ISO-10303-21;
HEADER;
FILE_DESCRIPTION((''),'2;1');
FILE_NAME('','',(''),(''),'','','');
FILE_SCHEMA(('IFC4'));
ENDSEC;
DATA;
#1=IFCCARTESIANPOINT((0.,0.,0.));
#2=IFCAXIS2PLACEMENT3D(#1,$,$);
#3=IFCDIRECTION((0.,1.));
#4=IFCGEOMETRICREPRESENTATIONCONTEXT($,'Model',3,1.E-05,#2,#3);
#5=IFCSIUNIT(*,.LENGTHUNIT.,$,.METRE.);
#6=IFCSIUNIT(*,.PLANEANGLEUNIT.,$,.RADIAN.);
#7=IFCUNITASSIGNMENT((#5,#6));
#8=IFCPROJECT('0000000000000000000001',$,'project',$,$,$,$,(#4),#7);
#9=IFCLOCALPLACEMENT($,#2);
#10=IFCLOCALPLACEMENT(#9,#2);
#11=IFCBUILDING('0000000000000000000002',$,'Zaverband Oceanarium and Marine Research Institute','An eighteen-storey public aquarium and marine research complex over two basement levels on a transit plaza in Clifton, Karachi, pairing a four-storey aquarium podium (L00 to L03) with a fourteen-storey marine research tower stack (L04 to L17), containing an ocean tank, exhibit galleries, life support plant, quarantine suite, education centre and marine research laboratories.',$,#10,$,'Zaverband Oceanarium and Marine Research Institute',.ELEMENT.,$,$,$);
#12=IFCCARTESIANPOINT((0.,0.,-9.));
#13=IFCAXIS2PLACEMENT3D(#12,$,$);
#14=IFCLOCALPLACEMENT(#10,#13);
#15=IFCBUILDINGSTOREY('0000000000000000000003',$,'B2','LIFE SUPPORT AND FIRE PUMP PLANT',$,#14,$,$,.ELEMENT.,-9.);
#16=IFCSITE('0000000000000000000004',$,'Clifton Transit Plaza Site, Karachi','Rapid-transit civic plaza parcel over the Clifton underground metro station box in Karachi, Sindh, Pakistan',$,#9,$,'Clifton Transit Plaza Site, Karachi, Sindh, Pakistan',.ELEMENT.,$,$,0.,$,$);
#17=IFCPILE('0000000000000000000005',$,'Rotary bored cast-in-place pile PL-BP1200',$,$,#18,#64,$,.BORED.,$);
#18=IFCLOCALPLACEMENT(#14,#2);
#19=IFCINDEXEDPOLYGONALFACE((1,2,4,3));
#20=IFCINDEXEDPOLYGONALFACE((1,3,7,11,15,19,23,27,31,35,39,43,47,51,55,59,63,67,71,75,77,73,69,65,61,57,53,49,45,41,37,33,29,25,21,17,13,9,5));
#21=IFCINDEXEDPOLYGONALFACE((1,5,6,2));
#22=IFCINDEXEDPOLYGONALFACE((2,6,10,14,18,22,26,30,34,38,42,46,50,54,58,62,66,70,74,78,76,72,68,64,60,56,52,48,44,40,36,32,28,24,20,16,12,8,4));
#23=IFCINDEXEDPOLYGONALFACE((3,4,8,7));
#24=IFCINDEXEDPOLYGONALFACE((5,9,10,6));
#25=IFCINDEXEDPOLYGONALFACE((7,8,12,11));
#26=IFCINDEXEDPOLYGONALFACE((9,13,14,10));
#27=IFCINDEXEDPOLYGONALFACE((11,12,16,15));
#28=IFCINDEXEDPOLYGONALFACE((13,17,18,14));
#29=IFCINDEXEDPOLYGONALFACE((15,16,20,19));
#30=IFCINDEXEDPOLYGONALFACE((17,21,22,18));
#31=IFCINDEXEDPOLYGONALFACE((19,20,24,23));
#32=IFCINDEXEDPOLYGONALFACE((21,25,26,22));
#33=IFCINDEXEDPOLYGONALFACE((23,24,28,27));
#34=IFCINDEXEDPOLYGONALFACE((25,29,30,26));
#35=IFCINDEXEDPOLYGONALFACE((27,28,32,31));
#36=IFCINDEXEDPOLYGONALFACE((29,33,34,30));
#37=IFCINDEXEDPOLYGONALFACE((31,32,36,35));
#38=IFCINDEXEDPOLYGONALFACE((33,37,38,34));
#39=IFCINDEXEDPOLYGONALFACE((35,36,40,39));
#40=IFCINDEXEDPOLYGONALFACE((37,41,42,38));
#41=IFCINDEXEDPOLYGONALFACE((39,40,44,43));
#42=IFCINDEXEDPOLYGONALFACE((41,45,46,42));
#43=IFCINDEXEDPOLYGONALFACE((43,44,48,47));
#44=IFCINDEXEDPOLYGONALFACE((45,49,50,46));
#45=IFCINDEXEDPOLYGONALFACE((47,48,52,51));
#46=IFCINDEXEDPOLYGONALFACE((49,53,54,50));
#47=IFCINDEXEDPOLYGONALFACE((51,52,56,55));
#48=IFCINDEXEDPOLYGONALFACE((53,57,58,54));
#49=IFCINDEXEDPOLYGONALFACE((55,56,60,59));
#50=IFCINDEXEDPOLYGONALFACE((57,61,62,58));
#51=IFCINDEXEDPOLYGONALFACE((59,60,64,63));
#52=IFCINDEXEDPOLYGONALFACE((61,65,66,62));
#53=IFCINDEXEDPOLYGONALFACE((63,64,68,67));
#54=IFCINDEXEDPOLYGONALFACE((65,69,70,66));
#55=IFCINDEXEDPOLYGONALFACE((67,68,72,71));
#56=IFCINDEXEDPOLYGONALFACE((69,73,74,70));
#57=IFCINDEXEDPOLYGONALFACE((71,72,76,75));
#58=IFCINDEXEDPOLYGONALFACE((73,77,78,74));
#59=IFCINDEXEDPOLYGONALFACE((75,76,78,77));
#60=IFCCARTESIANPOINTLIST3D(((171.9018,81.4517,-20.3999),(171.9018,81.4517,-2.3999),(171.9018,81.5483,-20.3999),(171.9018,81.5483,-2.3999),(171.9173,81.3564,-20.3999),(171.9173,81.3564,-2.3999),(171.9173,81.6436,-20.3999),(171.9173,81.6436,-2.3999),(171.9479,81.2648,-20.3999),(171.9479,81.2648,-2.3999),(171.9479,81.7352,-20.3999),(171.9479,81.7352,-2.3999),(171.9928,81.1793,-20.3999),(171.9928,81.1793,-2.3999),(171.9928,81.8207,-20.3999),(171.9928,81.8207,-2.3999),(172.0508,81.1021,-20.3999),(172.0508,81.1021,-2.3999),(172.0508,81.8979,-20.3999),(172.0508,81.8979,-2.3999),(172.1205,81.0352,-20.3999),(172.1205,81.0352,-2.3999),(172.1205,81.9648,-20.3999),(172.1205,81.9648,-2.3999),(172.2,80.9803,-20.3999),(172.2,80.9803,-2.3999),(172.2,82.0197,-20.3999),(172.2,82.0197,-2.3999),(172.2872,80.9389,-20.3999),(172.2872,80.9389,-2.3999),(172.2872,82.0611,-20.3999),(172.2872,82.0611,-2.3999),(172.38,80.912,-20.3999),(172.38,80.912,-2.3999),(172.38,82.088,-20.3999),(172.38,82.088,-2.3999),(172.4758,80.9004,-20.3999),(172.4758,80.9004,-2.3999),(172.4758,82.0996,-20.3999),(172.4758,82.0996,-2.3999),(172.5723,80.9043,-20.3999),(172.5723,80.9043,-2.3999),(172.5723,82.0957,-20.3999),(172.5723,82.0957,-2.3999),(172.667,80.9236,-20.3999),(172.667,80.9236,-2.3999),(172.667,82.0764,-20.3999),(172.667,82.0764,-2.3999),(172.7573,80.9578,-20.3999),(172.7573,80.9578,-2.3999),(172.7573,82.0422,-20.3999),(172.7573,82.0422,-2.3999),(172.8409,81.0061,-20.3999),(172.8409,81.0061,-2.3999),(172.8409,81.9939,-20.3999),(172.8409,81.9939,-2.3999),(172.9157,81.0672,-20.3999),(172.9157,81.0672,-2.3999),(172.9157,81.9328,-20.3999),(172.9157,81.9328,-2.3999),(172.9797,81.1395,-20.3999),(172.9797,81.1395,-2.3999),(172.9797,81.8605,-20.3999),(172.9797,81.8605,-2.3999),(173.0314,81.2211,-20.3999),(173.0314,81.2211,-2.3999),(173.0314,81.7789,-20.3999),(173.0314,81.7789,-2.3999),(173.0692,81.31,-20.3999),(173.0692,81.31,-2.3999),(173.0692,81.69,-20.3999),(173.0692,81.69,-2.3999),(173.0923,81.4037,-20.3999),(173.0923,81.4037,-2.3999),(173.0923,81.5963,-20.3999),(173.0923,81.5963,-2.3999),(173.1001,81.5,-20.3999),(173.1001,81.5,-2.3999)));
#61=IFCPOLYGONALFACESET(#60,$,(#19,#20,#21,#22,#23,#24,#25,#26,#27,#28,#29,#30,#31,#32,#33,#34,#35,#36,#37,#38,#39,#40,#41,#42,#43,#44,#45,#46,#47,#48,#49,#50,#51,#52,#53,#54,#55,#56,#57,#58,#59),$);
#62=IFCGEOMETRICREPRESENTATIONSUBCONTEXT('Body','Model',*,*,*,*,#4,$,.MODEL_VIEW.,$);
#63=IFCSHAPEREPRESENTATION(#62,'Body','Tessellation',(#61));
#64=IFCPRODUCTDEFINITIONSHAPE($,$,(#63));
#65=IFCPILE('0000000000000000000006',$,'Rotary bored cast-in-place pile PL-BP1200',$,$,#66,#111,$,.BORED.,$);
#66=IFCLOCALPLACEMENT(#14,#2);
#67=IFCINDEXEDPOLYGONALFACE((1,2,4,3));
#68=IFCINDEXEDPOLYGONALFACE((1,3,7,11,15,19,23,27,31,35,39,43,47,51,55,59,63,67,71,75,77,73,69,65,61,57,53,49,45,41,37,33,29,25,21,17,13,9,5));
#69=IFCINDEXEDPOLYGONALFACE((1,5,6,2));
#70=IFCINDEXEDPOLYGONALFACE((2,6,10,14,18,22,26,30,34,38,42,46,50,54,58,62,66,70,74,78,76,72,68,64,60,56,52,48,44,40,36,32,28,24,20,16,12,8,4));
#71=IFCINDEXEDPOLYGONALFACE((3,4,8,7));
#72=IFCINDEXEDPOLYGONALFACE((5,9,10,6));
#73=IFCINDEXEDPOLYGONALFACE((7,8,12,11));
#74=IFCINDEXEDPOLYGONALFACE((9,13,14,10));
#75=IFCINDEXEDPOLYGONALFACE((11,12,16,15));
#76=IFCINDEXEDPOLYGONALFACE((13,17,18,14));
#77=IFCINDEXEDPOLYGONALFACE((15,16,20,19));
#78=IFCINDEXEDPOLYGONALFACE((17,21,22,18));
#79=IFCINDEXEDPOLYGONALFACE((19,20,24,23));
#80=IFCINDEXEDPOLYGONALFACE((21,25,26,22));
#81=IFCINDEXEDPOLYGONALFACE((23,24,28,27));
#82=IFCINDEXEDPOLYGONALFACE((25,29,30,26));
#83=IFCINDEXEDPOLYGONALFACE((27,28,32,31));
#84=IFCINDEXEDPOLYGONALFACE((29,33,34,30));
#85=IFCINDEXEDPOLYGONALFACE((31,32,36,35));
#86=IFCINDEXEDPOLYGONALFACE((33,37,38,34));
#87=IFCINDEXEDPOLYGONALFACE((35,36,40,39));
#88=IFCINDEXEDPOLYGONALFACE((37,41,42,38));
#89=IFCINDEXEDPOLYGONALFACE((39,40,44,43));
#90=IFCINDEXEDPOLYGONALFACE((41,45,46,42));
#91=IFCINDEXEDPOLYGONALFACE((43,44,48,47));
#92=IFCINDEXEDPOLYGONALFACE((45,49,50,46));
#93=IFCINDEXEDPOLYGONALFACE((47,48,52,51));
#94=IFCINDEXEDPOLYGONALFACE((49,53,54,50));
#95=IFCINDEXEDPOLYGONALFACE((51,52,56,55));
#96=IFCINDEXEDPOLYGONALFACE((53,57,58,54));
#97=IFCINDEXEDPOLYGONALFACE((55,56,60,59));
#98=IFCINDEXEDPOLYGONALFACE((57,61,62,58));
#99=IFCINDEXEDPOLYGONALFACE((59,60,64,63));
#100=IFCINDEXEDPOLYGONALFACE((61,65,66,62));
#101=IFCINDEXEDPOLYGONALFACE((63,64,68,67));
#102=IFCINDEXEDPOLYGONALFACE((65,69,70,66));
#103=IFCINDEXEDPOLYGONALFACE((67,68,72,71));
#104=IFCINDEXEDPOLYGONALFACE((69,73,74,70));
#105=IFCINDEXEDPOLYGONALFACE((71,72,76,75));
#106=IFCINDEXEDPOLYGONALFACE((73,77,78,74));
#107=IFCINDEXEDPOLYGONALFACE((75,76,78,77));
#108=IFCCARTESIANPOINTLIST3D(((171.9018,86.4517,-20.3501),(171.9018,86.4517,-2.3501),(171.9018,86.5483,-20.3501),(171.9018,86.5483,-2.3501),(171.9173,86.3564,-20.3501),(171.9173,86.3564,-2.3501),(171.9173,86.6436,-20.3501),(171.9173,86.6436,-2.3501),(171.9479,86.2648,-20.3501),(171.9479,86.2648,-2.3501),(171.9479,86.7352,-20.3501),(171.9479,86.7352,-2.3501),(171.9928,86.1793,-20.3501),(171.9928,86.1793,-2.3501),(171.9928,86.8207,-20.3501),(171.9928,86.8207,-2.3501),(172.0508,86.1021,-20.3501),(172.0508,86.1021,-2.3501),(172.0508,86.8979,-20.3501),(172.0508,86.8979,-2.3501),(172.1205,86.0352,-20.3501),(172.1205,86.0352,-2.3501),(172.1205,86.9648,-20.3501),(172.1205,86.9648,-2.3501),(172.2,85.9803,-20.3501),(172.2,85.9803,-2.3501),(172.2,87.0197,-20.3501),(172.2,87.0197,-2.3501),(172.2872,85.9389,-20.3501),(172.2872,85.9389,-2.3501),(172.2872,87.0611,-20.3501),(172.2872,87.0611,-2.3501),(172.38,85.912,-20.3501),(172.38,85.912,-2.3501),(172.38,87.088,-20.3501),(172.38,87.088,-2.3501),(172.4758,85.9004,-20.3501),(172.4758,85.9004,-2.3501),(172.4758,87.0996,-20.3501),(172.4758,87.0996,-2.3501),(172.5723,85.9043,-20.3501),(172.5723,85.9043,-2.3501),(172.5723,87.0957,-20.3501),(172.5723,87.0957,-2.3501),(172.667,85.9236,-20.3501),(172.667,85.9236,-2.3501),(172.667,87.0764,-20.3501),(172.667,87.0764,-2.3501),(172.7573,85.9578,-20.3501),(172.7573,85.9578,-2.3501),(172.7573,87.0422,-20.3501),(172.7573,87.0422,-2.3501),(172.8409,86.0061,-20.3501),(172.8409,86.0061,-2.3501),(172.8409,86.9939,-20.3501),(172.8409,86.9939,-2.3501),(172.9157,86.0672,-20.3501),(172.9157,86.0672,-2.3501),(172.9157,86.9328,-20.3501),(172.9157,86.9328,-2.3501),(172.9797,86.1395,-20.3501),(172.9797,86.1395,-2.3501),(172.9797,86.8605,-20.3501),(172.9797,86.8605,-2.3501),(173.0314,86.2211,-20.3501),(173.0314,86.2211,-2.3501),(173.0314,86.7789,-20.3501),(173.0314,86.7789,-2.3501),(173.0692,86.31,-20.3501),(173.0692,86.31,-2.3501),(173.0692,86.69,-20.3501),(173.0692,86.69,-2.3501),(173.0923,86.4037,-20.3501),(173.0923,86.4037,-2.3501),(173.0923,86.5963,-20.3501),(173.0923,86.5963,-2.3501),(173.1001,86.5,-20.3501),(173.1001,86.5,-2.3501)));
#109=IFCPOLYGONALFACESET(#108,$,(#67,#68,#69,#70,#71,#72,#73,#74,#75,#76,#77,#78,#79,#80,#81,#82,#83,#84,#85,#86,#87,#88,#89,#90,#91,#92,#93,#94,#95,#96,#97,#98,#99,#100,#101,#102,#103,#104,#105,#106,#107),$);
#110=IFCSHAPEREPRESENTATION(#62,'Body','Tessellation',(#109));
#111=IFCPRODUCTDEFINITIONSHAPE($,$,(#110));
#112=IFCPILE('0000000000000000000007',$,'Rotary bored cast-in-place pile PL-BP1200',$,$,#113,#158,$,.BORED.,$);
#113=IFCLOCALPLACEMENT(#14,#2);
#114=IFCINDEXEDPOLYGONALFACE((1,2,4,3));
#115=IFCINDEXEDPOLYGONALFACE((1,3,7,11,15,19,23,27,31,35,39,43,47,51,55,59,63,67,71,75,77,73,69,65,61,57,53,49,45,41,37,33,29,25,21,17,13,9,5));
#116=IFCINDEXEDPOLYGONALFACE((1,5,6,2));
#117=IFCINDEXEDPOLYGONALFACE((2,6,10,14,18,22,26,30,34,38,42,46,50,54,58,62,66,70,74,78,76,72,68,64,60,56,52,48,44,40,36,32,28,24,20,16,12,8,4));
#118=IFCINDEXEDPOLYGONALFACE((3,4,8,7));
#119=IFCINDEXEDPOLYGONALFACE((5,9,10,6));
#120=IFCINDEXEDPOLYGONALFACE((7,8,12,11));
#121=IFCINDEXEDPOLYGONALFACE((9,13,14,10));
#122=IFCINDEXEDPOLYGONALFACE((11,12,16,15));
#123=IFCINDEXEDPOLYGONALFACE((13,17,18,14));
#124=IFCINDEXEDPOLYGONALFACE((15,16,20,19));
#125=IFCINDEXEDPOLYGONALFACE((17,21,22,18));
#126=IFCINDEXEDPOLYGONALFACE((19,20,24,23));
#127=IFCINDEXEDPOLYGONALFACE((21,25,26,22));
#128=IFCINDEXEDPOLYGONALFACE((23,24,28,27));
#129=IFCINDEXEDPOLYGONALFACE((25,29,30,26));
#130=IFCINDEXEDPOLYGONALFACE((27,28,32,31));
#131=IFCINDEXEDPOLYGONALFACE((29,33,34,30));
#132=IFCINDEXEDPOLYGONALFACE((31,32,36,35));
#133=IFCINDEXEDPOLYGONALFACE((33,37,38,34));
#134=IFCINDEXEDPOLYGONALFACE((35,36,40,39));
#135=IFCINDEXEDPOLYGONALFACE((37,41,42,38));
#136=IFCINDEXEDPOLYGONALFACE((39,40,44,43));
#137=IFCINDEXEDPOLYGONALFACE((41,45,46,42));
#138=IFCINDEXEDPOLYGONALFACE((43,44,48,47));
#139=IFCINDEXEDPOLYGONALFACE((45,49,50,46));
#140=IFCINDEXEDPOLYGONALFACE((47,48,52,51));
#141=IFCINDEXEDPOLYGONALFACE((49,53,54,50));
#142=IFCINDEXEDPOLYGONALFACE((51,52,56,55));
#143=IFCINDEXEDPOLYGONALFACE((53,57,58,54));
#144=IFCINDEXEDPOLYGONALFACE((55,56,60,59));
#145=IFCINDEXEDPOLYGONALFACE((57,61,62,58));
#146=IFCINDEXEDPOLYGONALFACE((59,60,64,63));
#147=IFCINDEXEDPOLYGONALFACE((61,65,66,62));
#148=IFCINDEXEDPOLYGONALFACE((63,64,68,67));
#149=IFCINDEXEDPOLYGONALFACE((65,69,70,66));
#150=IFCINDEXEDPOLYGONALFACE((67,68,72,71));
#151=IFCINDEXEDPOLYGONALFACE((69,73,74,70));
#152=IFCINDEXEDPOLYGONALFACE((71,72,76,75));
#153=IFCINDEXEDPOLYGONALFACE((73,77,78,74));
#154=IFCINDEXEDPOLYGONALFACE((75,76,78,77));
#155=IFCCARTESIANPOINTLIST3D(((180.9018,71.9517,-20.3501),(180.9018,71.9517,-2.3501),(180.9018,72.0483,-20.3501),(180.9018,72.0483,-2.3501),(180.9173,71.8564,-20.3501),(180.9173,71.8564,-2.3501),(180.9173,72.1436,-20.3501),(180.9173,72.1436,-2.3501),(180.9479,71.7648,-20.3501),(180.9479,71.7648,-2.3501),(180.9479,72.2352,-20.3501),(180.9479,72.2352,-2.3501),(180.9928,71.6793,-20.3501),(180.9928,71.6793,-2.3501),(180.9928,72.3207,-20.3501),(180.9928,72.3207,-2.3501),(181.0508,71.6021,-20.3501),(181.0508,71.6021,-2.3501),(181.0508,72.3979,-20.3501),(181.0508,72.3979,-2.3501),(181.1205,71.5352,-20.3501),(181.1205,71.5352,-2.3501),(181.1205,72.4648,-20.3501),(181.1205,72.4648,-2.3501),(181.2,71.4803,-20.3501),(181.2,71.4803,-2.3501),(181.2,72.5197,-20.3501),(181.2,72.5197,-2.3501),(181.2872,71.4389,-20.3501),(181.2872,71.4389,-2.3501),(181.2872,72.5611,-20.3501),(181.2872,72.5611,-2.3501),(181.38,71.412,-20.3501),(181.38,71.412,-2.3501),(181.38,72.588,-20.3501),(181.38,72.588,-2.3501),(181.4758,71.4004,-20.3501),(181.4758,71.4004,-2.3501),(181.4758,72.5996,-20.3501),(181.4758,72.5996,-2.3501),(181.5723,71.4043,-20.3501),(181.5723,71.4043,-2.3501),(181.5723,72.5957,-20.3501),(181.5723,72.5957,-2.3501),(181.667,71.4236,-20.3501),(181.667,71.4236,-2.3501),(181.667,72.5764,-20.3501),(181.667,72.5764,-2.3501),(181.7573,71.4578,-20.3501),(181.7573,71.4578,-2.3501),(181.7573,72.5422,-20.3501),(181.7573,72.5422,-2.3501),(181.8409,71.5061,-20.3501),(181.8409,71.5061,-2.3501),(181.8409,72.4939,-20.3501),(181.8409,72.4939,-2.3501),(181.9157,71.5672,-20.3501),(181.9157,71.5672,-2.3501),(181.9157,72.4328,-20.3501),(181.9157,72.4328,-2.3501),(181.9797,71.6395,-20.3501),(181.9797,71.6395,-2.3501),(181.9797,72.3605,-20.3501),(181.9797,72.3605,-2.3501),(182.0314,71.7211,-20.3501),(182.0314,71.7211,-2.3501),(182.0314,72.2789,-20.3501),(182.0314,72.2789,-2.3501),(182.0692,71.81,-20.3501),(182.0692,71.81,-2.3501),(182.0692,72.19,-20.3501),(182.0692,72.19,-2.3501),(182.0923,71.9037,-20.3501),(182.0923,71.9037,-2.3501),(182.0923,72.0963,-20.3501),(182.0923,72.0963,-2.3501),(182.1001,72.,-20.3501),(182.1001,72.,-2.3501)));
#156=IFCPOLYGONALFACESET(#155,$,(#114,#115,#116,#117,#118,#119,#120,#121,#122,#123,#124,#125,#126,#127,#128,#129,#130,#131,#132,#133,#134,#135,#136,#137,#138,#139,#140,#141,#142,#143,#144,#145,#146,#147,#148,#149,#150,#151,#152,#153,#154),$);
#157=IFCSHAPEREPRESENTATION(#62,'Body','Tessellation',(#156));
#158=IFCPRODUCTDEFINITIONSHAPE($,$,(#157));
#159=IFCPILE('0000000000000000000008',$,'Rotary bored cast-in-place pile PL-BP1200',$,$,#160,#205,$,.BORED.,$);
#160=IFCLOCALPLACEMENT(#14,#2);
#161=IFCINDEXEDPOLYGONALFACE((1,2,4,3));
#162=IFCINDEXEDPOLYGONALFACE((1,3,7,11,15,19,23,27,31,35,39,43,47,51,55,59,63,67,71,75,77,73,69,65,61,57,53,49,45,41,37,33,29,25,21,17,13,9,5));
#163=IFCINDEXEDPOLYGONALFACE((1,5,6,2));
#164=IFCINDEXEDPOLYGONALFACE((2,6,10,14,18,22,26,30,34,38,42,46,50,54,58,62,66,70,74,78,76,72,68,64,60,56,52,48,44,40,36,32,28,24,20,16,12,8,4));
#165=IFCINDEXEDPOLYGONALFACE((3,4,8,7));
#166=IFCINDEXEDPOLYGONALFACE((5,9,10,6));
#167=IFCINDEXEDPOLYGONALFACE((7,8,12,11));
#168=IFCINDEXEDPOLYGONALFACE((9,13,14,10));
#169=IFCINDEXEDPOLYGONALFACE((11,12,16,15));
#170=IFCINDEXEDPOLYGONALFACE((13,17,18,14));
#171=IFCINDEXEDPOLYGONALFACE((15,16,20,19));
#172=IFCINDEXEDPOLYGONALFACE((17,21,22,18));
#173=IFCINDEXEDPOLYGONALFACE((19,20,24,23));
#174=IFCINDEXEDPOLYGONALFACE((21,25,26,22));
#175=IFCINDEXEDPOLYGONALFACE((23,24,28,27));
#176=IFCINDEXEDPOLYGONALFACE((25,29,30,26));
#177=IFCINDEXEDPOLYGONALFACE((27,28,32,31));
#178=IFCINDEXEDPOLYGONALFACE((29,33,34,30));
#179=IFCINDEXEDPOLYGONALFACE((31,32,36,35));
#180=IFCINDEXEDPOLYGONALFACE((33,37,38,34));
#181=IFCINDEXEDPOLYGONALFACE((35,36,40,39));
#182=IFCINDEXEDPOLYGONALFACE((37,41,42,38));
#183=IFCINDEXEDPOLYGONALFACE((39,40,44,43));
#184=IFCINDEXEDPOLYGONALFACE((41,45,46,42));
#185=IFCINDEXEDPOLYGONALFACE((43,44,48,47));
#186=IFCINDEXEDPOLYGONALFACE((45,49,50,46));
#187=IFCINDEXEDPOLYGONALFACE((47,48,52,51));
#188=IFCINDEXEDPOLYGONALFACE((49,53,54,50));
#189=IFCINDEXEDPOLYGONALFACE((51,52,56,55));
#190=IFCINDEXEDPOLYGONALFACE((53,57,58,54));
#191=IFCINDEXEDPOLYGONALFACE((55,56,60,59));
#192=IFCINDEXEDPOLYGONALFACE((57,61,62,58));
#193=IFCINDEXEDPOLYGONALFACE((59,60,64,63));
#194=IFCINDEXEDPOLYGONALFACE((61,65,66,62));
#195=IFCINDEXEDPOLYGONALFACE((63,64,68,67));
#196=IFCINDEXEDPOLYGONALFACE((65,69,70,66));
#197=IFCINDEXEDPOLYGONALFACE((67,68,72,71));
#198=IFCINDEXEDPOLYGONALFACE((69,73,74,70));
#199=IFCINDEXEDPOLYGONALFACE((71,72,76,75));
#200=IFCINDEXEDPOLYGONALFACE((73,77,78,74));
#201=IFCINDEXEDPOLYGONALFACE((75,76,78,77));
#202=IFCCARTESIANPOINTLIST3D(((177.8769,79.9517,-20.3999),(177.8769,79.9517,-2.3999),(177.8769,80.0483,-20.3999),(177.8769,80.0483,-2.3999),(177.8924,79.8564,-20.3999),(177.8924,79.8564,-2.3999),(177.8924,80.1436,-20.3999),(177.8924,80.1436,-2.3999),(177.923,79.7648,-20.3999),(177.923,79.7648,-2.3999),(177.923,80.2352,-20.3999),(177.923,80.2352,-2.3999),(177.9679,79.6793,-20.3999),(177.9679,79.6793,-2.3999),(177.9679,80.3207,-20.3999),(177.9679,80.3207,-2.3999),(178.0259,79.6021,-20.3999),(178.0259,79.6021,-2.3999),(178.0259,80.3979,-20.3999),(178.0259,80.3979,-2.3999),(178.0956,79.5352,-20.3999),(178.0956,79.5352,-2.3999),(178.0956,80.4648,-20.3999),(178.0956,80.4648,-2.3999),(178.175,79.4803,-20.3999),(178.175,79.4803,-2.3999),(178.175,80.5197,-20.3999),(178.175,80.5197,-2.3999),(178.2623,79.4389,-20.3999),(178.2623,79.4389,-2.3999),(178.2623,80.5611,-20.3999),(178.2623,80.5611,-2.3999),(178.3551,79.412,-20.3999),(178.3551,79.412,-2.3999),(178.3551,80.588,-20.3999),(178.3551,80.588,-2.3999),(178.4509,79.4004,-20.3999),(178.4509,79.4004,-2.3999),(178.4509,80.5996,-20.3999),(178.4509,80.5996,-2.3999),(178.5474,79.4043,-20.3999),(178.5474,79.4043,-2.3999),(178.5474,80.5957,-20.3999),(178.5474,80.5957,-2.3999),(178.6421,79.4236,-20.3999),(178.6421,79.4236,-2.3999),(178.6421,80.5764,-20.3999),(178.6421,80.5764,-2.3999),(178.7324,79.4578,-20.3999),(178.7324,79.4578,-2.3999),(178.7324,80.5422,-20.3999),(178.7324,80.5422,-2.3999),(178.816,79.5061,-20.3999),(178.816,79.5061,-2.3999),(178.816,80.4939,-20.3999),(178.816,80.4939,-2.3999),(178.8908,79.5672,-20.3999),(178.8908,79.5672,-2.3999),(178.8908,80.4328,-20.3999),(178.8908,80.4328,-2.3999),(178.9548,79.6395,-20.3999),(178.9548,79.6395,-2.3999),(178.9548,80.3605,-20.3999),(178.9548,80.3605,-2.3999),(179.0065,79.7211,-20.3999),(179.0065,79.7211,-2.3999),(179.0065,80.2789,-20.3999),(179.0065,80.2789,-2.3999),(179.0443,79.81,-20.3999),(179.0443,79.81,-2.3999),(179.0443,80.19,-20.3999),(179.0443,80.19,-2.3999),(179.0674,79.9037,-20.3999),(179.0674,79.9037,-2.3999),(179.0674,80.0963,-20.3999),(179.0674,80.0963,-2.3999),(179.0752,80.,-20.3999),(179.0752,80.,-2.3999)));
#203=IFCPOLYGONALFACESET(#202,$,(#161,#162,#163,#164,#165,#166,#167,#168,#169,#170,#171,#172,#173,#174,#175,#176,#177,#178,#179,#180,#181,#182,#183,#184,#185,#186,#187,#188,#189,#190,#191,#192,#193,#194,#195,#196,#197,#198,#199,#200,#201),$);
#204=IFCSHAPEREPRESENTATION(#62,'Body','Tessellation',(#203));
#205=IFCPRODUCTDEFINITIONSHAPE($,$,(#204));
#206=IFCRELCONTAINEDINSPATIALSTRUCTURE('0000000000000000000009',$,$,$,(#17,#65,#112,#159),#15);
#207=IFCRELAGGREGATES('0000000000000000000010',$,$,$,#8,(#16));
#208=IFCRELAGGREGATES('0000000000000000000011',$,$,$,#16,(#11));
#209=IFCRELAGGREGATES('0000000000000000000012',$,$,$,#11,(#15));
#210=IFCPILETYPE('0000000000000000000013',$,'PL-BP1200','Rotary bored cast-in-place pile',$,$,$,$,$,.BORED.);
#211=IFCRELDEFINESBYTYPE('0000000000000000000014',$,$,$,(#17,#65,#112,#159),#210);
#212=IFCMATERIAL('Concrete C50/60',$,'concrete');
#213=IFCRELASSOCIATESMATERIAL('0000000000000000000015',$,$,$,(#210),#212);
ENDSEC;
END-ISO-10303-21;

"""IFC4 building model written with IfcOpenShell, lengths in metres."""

from ifc_helpers import new_model, si_unit, direction, frame, origin, origin_2d, place, context, subcontext, project, spatial, circle, extrude, material, material_profile, profile_set, type_object, element, save


model = new_model("IFC4")

# Units and contexts
model_context = context("Model", 3, precision=1e-05, world=origin(), true_north=direction((0.0, 1.0)))
body_context = subcontext(model_context, "Body", "Model", "MODEL_VIEW")
ifc_project = project(units=[si_unit("LENGTHUNIT", "METRE"), si_unit("PLANEANGLEUNIT", "RADIAN")], contexts=[model_context])

# Site, building, storey
site_placement = place(None, origin())
site = spatial("IfcSite", under=ifc_project, at=site_placement, Name="Clifton Transit Plaza Site, Karachi", Description="Rapid-transit civic plaza parcel over the Clifton underground metro station box in Karachi, Sindh, Pakistan", LongName="Clifton Transit Plaza Site, Karachi, Sindh, Pakistan", CompositionType="ELEMENT", RefElevation=0.0)
building_placement = place(site_placement, origin())
building = spatial("IfcBuilding", under=site, at=building_placement, Name="Zaverband Oceanarium and Marine Research Institute", Description="An eighteen-storey public aquarium and marine research complex over two basement levels on a transit plaza in Clifton, Karachi, pairing a four-storey aquarium podium (L00 to L03) with a fourteen-storey marine research tower stack (L04 to L17), containing an ocean tank, exhibit galleries, life support plant, quarantine suite, education centre and marine research laboratories.", LongName="Zaverband Oceanarium and Marine Research Institute", CompositionType="ELEMENT")
storey_placement = place(building_placement, frame((0.0, 0.0, -9.0)))
storey = spatial("IfcBuildingStorey", under=building, at=storey_placement, Name="B2", Description="LIFE SUPPORT AND FIRE PUMP PLANT", CompositionType="ELEMENT", Elevation=-9.0)

# Shared definitions
ifc_material_1 = material(Name="Concrete C50/60", Category="concrete")

# Piles
ifc_material_profile_1 = material_profile(ifc_material_1, circle(Radius=0.6001, at=origin_2d()), Name="BP1200")
ifc_profile_set_1 = profile_set([ifc_material_profile_1], Name="Concrete C50/60")
pile_type_1 = type_object("IfcPileType", Name="PL-BP1200", Description="Rotary bored cast-in-place pile", PredefinedType="BORED", material=ifc_profile_set_1)
for number, where, z_axis, x_axis, name in (
    (1, (172.5, 81.5, -2.3999), (0.0, 0.0, -1.0), (1.0, 0.0, 0.0), "Rotary bored cast-in-place pile PL-BP1200"),
    (2, (172.5, 86.5, -2.3501), (0.0, 0.0, -1.0), (1.0, 0.0, 0.0), "Rotary bored cast-in-place pile PL-BP1200"),
    (3, (181.5, 72.0, -2.3501), (0.0, 0.0, -1.0), (1.0, 0.0, 0.0), "Rotary bored cast-in-place pile PL-BP1200"),
    (4, (178.4751, 80.0, -2.3999), (0.0, 0.0, -1.0), (1.0, 0.0, 0.0), "Rotary bored cast-in-place pile PL-BP1200"),
):
    element("IfcPile", number, at=place(storey_placement, frame(where, z_axis=z_axis, x_axis=x_axis)), inside=storey, type_object=pile_type_1, Name=name, PredefinedType="BORED", context=body_context, shape_type="SweptSolid", body=[
        extrude(circle(Radius=0.6001, at=origin_2d()), origin(), (0.0, 0.0, 1.0), 18.0),
    ])

save(model, "model.ifc")
